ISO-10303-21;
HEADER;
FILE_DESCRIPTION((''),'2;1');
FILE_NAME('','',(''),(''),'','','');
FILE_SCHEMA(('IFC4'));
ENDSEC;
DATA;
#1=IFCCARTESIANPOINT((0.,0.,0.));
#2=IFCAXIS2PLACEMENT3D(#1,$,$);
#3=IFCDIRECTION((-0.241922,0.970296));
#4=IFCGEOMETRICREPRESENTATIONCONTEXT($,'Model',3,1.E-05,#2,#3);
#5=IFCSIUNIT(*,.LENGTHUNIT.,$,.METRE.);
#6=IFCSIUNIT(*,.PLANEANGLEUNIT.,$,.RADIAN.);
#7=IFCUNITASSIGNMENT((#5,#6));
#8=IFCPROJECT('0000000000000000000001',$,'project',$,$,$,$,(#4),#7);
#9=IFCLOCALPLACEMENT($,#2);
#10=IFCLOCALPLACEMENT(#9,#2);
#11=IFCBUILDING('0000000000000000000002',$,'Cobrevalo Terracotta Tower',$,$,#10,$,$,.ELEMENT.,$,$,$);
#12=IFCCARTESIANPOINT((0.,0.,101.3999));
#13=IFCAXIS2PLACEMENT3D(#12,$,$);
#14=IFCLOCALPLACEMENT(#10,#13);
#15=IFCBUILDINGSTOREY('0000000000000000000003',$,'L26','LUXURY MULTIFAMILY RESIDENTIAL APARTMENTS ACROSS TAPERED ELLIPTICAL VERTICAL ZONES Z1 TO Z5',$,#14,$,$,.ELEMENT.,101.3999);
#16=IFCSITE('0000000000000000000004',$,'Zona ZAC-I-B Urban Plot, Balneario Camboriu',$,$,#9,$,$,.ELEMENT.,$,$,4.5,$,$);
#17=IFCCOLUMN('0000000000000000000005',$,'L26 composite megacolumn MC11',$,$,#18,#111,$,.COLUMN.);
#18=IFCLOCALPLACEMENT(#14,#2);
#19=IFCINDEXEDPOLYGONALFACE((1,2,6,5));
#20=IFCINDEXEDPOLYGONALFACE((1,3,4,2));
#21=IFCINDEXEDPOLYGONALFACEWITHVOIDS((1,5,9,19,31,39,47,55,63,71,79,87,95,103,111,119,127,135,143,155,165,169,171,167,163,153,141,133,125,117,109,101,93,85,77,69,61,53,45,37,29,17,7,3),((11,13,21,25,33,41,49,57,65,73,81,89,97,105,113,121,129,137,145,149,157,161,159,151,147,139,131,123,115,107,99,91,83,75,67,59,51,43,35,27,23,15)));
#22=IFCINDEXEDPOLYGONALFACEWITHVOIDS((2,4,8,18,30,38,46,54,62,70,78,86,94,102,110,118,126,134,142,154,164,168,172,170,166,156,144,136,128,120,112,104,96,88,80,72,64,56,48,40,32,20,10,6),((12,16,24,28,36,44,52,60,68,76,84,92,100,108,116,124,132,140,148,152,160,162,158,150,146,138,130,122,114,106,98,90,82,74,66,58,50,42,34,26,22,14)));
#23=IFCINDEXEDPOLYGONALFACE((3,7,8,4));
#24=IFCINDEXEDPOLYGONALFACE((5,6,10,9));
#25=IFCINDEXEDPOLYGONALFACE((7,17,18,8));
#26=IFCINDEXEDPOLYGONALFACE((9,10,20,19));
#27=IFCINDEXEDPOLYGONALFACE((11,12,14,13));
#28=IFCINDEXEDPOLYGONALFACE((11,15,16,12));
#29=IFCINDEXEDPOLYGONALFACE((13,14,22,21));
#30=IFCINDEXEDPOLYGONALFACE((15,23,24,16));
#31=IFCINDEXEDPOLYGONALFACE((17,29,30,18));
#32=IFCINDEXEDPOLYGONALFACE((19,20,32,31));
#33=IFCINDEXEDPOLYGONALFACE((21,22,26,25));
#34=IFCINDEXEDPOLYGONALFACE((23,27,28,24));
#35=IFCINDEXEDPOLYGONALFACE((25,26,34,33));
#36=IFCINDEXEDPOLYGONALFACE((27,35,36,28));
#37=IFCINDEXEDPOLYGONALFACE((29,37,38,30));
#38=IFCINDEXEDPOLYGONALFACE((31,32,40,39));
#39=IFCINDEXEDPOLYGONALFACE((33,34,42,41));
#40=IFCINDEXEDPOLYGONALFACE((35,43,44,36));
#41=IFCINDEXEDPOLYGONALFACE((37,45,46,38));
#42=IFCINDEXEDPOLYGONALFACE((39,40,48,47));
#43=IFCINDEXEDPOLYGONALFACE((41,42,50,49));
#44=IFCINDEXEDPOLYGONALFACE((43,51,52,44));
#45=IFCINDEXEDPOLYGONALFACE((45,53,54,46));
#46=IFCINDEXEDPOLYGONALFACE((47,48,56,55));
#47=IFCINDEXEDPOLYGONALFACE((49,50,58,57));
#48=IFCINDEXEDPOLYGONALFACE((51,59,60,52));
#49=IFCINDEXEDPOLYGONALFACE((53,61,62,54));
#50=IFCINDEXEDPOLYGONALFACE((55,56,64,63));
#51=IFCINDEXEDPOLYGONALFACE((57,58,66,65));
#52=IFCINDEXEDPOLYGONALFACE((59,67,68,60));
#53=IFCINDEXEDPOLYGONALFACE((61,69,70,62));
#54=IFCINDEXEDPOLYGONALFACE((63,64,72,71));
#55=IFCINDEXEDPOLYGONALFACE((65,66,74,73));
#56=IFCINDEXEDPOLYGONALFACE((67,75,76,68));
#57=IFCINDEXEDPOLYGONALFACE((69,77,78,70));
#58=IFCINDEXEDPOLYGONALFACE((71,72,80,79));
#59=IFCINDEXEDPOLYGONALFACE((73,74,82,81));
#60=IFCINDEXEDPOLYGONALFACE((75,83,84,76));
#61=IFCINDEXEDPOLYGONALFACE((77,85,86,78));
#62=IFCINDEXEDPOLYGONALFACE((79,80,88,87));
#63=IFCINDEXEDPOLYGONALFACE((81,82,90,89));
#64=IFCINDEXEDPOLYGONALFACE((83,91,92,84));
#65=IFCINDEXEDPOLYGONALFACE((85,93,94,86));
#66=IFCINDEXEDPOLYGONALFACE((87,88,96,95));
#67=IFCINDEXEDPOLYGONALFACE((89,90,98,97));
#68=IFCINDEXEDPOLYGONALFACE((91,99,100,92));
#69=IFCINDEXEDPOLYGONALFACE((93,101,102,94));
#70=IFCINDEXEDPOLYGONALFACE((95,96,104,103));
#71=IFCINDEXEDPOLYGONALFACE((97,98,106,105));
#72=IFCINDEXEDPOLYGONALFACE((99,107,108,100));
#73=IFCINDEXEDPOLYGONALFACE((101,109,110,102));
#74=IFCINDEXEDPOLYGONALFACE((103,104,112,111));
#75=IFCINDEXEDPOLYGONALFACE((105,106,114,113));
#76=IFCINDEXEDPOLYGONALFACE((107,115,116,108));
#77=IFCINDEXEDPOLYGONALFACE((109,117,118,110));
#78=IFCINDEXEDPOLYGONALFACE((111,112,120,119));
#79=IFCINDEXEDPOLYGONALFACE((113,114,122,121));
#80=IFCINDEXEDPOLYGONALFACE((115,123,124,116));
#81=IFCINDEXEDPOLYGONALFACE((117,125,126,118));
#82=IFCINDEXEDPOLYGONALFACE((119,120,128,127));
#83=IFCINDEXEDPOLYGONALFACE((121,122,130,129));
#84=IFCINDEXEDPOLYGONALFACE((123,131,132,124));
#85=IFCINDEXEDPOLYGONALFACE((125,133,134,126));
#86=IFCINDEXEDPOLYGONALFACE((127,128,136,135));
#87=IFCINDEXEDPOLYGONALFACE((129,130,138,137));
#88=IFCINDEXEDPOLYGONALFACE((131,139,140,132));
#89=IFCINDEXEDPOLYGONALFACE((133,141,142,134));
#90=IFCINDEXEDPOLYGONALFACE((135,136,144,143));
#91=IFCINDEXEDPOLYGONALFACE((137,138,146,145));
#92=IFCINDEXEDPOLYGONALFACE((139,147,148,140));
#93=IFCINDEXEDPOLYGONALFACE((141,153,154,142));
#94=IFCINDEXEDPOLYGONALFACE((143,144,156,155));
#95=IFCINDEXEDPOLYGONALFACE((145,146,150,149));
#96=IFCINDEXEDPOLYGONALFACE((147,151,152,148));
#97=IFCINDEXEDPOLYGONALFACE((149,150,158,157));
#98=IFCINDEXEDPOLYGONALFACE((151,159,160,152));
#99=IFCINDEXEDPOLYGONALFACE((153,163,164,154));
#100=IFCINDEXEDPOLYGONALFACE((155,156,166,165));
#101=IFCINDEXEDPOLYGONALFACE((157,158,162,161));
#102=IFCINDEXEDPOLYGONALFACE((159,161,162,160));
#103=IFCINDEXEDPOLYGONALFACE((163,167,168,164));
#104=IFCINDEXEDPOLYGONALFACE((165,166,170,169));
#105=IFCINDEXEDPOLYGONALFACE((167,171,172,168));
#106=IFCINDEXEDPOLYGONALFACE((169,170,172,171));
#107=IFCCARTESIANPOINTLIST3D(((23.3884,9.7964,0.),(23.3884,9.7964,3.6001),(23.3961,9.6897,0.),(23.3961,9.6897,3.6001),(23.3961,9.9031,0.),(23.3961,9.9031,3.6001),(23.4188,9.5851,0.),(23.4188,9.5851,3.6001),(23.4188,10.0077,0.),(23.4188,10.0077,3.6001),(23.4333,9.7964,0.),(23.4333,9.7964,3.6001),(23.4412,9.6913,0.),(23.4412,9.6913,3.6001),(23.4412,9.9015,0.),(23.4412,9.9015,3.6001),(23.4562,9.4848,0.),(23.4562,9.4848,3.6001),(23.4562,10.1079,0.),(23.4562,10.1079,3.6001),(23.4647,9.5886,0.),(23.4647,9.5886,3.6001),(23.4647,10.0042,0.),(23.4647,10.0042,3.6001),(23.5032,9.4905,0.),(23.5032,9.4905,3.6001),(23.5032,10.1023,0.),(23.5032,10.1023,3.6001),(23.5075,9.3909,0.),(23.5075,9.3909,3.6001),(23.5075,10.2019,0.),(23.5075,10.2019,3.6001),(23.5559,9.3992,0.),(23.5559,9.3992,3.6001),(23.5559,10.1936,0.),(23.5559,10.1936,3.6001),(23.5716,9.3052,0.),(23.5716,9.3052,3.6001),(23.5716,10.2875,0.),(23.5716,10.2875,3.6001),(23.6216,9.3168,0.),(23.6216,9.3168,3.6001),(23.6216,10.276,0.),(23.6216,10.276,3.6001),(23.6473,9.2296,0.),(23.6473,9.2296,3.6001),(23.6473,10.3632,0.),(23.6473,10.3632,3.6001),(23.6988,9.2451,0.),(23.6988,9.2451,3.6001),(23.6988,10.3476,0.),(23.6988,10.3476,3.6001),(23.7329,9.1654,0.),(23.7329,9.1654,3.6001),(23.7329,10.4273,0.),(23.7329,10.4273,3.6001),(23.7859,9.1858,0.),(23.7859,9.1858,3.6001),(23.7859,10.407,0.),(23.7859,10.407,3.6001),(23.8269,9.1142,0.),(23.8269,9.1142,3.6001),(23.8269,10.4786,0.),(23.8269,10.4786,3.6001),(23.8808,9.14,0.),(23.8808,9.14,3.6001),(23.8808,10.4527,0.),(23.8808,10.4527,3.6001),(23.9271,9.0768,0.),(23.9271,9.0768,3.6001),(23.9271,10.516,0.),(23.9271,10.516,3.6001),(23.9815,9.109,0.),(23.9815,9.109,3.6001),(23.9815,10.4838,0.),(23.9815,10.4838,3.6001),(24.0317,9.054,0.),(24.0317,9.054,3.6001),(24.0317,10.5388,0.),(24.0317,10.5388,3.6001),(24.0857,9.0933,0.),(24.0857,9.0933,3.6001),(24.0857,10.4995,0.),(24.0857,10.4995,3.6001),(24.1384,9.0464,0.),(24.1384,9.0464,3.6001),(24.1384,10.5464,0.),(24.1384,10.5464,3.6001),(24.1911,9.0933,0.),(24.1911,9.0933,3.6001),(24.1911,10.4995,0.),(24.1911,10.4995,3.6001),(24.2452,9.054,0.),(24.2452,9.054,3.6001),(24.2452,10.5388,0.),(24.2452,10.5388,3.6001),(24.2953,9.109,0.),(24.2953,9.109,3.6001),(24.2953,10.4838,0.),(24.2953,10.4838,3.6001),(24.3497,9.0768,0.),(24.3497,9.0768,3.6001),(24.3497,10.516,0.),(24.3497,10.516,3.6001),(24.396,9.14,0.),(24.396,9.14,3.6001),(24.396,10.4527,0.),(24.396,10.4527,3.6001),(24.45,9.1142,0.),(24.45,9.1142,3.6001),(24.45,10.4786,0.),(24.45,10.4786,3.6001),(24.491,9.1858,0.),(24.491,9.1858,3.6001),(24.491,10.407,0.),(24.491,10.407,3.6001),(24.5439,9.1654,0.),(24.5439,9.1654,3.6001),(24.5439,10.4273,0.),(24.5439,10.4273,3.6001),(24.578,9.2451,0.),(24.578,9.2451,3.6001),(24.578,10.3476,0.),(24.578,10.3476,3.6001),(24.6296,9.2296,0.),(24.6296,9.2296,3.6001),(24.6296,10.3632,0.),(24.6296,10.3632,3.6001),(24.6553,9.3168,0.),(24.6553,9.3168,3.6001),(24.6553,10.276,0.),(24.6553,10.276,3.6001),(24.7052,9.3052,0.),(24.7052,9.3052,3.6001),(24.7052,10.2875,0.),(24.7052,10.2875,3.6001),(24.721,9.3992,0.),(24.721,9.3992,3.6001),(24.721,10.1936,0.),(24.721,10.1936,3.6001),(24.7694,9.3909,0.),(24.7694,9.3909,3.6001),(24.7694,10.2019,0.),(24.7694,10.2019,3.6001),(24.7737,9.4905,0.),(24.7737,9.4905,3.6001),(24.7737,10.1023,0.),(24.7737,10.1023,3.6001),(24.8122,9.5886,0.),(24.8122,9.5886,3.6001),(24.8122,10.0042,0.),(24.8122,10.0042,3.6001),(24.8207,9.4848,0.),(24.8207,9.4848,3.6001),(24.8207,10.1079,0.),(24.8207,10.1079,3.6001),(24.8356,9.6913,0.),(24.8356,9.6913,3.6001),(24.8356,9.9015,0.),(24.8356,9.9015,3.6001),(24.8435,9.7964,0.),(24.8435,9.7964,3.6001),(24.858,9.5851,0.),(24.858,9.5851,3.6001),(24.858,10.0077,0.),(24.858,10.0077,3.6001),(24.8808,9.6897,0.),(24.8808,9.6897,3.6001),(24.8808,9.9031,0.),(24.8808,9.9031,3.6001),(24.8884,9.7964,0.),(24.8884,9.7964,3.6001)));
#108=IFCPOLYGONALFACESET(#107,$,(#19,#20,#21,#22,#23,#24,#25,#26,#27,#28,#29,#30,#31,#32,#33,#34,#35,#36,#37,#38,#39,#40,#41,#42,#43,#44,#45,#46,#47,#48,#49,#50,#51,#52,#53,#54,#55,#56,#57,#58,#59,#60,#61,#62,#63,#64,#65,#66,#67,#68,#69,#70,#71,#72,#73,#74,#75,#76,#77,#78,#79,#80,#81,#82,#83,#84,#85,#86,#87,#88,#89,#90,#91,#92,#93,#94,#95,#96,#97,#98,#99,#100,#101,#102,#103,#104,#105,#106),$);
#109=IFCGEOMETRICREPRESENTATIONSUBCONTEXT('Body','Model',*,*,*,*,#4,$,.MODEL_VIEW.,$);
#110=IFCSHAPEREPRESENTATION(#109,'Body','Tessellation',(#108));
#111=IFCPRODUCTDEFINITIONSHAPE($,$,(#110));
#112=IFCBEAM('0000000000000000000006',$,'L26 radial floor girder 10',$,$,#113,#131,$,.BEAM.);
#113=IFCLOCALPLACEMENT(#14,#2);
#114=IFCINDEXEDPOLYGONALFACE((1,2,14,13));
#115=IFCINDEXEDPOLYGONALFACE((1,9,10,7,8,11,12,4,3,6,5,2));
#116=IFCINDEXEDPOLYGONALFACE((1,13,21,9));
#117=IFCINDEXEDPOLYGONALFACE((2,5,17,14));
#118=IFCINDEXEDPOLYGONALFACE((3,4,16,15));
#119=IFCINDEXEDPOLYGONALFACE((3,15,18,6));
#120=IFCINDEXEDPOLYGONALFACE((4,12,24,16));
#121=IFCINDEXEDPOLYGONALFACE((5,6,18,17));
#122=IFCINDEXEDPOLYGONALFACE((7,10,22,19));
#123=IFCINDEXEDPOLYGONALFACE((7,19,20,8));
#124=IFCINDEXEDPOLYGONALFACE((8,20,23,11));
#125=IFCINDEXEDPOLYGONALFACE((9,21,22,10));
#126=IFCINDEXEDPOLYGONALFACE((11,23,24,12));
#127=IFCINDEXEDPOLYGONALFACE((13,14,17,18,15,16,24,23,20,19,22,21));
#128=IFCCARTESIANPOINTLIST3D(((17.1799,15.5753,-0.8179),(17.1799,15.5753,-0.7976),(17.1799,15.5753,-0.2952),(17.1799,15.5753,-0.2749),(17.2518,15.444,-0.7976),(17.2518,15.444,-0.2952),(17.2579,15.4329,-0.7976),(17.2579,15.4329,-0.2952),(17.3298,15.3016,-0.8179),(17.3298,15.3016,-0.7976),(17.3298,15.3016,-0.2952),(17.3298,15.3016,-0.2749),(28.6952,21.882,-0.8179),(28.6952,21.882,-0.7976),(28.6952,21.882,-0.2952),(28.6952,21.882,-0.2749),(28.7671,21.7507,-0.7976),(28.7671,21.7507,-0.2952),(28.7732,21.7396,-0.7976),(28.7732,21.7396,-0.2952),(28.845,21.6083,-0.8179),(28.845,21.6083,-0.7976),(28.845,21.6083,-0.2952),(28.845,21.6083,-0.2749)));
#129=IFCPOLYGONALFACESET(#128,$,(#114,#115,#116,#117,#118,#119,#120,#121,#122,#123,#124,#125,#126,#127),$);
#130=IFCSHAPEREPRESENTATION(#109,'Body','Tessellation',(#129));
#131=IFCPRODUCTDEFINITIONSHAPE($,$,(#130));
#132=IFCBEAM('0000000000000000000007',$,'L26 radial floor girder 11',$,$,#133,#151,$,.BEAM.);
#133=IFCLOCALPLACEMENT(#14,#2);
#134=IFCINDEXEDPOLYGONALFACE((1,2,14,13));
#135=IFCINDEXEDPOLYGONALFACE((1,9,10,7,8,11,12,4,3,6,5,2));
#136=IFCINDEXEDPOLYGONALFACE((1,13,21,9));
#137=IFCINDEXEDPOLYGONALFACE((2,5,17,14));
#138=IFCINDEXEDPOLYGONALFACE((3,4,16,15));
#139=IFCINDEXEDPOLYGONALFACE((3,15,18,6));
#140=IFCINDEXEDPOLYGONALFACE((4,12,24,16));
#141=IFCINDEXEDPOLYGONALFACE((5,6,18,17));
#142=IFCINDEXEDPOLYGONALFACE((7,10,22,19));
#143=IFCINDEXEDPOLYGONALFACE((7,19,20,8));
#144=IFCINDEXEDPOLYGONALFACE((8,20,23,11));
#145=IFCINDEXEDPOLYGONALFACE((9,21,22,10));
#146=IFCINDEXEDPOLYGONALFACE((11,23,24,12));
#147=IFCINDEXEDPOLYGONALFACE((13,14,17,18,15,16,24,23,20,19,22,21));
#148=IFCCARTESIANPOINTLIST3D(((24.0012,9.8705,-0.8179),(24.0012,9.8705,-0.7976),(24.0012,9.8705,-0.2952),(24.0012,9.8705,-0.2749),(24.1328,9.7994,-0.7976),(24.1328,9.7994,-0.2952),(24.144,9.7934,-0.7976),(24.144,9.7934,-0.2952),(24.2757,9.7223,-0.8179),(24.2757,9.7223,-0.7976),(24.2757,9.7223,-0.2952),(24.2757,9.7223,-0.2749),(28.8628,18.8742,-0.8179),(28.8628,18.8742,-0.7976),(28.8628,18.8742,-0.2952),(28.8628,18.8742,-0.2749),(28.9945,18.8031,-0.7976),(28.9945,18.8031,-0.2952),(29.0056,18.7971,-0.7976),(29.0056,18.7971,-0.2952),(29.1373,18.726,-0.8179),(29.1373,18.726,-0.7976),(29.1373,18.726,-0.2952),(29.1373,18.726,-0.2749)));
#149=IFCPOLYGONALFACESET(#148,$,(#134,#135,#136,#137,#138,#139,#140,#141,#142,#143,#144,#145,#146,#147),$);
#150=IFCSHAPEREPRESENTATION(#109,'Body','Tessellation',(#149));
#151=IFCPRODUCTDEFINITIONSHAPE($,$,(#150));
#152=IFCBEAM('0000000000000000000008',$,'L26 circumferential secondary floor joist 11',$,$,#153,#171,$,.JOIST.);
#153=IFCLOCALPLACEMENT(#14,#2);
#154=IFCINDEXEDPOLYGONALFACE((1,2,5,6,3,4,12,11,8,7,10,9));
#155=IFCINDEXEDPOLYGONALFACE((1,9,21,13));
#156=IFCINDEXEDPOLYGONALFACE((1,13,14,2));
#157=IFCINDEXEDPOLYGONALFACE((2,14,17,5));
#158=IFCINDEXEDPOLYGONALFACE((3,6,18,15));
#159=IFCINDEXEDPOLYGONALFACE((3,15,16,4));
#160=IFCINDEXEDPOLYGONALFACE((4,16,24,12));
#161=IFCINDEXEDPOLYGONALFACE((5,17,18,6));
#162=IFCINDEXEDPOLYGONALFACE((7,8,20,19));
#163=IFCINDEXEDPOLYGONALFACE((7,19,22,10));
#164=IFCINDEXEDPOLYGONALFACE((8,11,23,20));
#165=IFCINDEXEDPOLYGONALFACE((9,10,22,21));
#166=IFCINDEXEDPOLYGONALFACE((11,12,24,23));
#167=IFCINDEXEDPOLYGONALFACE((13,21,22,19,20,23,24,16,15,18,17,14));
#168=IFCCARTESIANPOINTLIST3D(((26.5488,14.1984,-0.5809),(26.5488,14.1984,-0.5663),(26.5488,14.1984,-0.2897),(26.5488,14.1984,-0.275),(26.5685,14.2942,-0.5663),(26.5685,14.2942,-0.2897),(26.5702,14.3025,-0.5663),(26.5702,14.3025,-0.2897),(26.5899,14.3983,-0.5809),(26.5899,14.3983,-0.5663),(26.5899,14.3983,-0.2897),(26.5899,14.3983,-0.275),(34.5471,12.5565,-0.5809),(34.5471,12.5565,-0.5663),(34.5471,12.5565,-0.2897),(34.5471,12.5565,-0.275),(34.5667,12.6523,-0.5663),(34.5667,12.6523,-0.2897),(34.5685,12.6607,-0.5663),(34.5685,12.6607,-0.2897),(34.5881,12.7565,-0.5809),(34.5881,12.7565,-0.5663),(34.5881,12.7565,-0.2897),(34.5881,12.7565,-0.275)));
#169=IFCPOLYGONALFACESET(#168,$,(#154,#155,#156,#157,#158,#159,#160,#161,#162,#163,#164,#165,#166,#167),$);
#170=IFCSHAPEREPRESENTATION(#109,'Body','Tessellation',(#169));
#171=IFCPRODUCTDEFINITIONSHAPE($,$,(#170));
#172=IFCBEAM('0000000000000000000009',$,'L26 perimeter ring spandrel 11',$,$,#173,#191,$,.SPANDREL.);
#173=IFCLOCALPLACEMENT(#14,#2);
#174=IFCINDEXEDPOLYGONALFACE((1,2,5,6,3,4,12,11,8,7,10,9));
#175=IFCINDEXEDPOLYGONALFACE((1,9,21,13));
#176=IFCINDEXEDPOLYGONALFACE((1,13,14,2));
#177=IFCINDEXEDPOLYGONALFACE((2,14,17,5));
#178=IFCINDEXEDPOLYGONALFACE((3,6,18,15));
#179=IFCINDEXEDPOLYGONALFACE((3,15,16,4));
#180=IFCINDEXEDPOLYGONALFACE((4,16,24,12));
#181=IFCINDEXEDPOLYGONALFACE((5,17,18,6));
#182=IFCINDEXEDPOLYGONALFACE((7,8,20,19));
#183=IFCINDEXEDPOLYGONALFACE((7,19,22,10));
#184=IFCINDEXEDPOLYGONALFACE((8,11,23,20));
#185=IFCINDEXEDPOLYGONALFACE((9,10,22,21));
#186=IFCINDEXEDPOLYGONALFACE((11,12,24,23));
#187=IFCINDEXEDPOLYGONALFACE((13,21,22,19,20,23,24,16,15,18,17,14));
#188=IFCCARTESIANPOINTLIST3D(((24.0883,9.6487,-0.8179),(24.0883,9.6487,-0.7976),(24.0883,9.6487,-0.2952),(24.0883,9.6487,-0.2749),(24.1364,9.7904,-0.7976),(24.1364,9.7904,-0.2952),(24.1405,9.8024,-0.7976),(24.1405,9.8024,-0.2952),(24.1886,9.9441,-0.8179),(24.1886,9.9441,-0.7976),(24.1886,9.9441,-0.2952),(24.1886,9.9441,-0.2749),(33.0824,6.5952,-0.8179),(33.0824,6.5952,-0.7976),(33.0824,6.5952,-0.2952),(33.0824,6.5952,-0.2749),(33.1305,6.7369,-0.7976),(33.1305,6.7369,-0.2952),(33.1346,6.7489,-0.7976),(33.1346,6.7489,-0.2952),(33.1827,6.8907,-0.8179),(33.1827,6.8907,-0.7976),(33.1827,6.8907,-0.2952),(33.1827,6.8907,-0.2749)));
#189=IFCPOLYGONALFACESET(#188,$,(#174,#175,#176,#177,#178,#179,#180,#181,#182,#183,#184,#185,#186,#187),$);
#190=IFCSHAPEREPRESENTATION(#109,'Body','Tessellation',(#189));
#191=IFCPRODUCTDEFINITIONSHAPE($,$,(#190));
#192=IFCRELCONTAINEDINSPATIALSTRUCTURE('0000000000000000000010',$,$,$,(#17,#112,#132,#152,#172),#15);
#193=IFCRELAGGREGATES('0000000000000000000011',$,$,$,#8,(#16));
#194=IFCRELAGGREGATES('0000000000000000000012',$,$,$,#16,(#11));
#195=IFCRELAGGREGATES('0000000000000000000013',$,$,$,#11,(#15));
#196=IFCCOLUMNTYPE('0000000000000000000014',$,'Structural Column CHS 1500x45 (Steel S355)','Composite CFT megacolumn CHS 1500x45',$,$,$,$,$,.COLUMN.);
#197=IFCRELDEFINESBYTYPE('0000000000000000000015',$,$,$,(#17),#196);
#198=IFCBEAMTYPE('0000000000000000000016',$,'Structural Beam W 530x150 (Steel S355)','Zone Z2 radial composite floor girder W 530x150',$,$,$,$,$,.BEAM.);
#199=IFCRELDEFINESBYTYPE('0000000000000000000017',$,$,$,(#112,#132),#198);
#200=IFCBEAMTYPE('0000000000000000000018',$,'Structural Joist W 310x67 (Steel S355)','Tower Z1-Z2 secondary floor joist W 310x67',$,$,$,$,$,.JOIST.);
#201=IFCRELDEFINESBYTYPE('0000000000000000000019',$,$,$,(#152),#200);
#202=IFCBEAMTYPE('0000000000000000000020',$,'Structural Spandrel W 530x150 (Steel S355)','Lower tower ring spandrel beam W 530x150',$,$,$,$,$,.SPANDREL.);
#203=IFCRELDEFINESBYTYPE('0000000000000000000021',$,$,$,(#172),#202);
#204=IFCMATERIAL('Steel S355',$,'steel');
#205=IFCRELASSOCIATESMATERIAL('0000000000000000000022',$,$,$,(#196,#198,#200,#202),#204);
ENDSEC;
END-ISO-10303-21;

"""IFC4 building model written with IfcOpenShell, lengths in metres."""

from ifc_helpers import new_model, si_unit, direction, frame, origin, origin_2d, place, context, subcontext, project, spatial, hollow_circle, i_section, extrude, material, material_profile, profile_set, type_object, element, save


model = new_model("IFC4")

# Units and contexts
model_context = context("Model", 3, precision=1e-05, world=origin(), true_north=direction((-0.241922, 0.970296)))
body_context = subcontext(model_context, "Body", "Model", "MODEL_VIEW")
ifc_project = project(units=[si_unit("LENGTHUNIT", "METRE"), si_unit("PLANEANGLEUNIT", "RADIAN")], contexts=[model_context])

# Site, building, storey
site_placement = place(None, origin())
site = spatial("IfcSite", under=ifc_project, at=site_placement, Name="Zona ZAC-I-B Urban Plot, Balneario Camboriu", CompositionType="ELEMENT", RefElevation=4.5)
building_placement = place(site_placement, origin())
building = spatial("IfcBuilding", under=site, at=building_placement, Name="Cobrevalo Terracotta Tower", CompositionType="ELEMENT")
storey_placement = place(building_placement, frame((0.0, 0.0, 101.3999)))
storey = spatial("IfcBuildingStorey", under=building, at=storey_placement, Name="L26", Description="LUXURY MULTIFAMILY RESIDENTIAL APARTMENTS ACROSS TAPERED ELLIPTICAL VERTICAL ZONES Z1 TO Z5", CompositionType="ELEMENT", Elevation=101.3999)

# Column
ifc_material_1 = material(Name="Steel S355", Category="steel")
ifc_material_profile_1 = material_profile(ifc_material_1, hollow_circle(Radius=0.75, WallThickness=0.0449, at=origin_2d()), Name="CHS 1500x45")
ifc_profile_set_1 = profile_set([ifc_material_profile_1], Name="Steel S355")
column_type = type_object("IfcColumnType", Name="Structural Column CHS 1500x45 (Steel S355)", Description="Composite CFT megacolumn CHS 1500x45", PredefinedType="COLUMN", material=ifc_profile_set_1)
column_placement = place(storey_placement, frame((24.1384, 9.7964, 0.0), z_axis=(0.0, 0.0, 1.0), x_axis=(1.0, 0.0, 0.0)))
element("IfcColumn", 1, at=column_placement, inside=storey, type_object=column_type, Name="L26 composite megacolumn MC11", PredefinedType="COLUMN", context=body_context, shape_type="SweptSolid", body=[
    extrude(hollow_circle(Radius=0.75, WallThickness=0.0449, at=origin_2d()), origin(), (0.0, 0.0, 1.0), 3.6001),
])

# Beams
ifc_material_profile_2 = material_profile(ifc_material_1, i_section(OverallWidth=0.312, OverallDepth=0.543, WebThickness=0.0127, FlangeThickness=0.0203, at=origin_2d()), Name="W 530x150")
ifc_profile_set_2 = profile_set([ifc_material_profile_2], Name="Steel S355")
beam_type_1 = type_object("IfcBeamType", Name="Structural Beam W 530x150 (Steel S355)", Description="Zone Z2 radial composite floor girder W 530x150", PredefinedType="BEAM", material=ifc_profile_set_2)
beam_1_placement = place(storey_placement, frame((17.2549, 15.4385, -0.5464), z_axis=(0.877073, 0.480358, 0.0), x_axis=(-0.480358, 0.877073, 0.0)))
element("IfcBeam", 2, at=beam_1_placement, inside=storey, type_object=beam_type_1, Name="L26 radial floor girder 10", PredefinedType="BEAM", context=body_context, shape_type="SweptSolid", body=[
    extrude(i_section(OverallWidth=0.312, OverallDepth=0.543, WebThickness=0.0127, FlangeThickness=0.0203, at=origin_2d()), origin(), (0.0, 0.0, 1.0), 13.1292),
])
beam_2_placement = place(storey_placement, frame((24.1384, 9.7964, -0.5464), z_axis=(0.475118, 0.879922, 0.0), x_axis=(-0.879922, 0.475118, 0.0)))
element("IfcBeam", 3, at=beam_2_placement, inside=storey, type_object=beam_type_1, Name="L26 radial floor girder 11", PredefinedType="BEAM", context=body_context, shape_type="SweptSolid", body=[
    extrude(i_section(OverallWidth=0.312, OverallDepth=0.543, WebThickness=0.0127, FlangeThickness=0.0203, at=origin_2d()), origin(), (0.0, 0.0, 1.0), 10.2324),
])
ifc_material_profile_3 = material_profile(ifc_material_1, i_section(OverallWidth=0.2041, OverallDepth=0.3059, WebThickness=0.0085, FlangeThickness=0.0146, at=origin_2d()), Name="W 310x67")
ifc_profile_set_3 = profile_set([ifc_material_profile_3], Name="Steel S355")
beam_type_2 = type_object("IfcBeamType", Name="Structural Joist W 310x67 (Steel S355)", Description="Tower Z1-Z2 secondary floor joist W 310x67", PredefinedType="JOIST", material=ifc_profile_set_3)
beam_3_placement = place(storey_placement, frame((26.5693, 14.2983, -0.428), z_axis=(0.979574, -0.201082, 0.0), x_axis=(0.201082, 0.979574, 0.0)))
element("IfcBeam", 4, at=beam_3_placement, inside=storey, type_object=beam_type_2, Name="L26 circumferential secondary floor joist 11", PredefinedType="JOIST", context=body_context, shape_type="SweptSolid", body=[
    extrude(i_section(OverallWidth=0.2041, OverallDepth=0.3059, WebThickness=0.0085, FlangeThickness=0.0146, at=origin_2d()), origin(), (0.0, 0.0, 1.0), 8.165),
])
ifc_material_profile_4 = material_profile(ifc_material_1, i_section(OverallWidth=0.312, OverallDepth=0.543, WebThickness=0.0127, FlangeThickness=0.0203, at=origin_2d()), Name="W 530x150")
ifc_profile_set_4 = profile_set([ifc_material_profile_4], Name="Steel S355")
beam_type_3 = type_object("IfcBeamType", Name="Structural Spandrel W 530x150 (Steel S355)", Description="Lower tower ring spandrel beam W 530x150", PredefinedType="SPANDREL", material=ifc_profile_set_4)
beam_4_placement = place(storey_placement, frame((24.1384, 9.7964, -0.5464), z_axis=(0.946918, -0.321474, 0.0), x_axis=(0.321474, 0.946918, 0.0)))
element("IfcBeam", 5, at=beam_4_placement, inside=storey, type_object=beam_type_3, Name="L26 perimeter ring spandrel 11", PredefinedType="SPANDREL", context=body_context, shape_type="SweptSolid", body=[
    extrude(i_section(OverallWidth=0.312, OverallDepth=0.543, WebThickness=0.0127, FlangeThickness=0.0203, at=origin_2d()), origin(), (0.0, 0.0, 1.0), 9.4983),
])

save(model, "model.ifc")
